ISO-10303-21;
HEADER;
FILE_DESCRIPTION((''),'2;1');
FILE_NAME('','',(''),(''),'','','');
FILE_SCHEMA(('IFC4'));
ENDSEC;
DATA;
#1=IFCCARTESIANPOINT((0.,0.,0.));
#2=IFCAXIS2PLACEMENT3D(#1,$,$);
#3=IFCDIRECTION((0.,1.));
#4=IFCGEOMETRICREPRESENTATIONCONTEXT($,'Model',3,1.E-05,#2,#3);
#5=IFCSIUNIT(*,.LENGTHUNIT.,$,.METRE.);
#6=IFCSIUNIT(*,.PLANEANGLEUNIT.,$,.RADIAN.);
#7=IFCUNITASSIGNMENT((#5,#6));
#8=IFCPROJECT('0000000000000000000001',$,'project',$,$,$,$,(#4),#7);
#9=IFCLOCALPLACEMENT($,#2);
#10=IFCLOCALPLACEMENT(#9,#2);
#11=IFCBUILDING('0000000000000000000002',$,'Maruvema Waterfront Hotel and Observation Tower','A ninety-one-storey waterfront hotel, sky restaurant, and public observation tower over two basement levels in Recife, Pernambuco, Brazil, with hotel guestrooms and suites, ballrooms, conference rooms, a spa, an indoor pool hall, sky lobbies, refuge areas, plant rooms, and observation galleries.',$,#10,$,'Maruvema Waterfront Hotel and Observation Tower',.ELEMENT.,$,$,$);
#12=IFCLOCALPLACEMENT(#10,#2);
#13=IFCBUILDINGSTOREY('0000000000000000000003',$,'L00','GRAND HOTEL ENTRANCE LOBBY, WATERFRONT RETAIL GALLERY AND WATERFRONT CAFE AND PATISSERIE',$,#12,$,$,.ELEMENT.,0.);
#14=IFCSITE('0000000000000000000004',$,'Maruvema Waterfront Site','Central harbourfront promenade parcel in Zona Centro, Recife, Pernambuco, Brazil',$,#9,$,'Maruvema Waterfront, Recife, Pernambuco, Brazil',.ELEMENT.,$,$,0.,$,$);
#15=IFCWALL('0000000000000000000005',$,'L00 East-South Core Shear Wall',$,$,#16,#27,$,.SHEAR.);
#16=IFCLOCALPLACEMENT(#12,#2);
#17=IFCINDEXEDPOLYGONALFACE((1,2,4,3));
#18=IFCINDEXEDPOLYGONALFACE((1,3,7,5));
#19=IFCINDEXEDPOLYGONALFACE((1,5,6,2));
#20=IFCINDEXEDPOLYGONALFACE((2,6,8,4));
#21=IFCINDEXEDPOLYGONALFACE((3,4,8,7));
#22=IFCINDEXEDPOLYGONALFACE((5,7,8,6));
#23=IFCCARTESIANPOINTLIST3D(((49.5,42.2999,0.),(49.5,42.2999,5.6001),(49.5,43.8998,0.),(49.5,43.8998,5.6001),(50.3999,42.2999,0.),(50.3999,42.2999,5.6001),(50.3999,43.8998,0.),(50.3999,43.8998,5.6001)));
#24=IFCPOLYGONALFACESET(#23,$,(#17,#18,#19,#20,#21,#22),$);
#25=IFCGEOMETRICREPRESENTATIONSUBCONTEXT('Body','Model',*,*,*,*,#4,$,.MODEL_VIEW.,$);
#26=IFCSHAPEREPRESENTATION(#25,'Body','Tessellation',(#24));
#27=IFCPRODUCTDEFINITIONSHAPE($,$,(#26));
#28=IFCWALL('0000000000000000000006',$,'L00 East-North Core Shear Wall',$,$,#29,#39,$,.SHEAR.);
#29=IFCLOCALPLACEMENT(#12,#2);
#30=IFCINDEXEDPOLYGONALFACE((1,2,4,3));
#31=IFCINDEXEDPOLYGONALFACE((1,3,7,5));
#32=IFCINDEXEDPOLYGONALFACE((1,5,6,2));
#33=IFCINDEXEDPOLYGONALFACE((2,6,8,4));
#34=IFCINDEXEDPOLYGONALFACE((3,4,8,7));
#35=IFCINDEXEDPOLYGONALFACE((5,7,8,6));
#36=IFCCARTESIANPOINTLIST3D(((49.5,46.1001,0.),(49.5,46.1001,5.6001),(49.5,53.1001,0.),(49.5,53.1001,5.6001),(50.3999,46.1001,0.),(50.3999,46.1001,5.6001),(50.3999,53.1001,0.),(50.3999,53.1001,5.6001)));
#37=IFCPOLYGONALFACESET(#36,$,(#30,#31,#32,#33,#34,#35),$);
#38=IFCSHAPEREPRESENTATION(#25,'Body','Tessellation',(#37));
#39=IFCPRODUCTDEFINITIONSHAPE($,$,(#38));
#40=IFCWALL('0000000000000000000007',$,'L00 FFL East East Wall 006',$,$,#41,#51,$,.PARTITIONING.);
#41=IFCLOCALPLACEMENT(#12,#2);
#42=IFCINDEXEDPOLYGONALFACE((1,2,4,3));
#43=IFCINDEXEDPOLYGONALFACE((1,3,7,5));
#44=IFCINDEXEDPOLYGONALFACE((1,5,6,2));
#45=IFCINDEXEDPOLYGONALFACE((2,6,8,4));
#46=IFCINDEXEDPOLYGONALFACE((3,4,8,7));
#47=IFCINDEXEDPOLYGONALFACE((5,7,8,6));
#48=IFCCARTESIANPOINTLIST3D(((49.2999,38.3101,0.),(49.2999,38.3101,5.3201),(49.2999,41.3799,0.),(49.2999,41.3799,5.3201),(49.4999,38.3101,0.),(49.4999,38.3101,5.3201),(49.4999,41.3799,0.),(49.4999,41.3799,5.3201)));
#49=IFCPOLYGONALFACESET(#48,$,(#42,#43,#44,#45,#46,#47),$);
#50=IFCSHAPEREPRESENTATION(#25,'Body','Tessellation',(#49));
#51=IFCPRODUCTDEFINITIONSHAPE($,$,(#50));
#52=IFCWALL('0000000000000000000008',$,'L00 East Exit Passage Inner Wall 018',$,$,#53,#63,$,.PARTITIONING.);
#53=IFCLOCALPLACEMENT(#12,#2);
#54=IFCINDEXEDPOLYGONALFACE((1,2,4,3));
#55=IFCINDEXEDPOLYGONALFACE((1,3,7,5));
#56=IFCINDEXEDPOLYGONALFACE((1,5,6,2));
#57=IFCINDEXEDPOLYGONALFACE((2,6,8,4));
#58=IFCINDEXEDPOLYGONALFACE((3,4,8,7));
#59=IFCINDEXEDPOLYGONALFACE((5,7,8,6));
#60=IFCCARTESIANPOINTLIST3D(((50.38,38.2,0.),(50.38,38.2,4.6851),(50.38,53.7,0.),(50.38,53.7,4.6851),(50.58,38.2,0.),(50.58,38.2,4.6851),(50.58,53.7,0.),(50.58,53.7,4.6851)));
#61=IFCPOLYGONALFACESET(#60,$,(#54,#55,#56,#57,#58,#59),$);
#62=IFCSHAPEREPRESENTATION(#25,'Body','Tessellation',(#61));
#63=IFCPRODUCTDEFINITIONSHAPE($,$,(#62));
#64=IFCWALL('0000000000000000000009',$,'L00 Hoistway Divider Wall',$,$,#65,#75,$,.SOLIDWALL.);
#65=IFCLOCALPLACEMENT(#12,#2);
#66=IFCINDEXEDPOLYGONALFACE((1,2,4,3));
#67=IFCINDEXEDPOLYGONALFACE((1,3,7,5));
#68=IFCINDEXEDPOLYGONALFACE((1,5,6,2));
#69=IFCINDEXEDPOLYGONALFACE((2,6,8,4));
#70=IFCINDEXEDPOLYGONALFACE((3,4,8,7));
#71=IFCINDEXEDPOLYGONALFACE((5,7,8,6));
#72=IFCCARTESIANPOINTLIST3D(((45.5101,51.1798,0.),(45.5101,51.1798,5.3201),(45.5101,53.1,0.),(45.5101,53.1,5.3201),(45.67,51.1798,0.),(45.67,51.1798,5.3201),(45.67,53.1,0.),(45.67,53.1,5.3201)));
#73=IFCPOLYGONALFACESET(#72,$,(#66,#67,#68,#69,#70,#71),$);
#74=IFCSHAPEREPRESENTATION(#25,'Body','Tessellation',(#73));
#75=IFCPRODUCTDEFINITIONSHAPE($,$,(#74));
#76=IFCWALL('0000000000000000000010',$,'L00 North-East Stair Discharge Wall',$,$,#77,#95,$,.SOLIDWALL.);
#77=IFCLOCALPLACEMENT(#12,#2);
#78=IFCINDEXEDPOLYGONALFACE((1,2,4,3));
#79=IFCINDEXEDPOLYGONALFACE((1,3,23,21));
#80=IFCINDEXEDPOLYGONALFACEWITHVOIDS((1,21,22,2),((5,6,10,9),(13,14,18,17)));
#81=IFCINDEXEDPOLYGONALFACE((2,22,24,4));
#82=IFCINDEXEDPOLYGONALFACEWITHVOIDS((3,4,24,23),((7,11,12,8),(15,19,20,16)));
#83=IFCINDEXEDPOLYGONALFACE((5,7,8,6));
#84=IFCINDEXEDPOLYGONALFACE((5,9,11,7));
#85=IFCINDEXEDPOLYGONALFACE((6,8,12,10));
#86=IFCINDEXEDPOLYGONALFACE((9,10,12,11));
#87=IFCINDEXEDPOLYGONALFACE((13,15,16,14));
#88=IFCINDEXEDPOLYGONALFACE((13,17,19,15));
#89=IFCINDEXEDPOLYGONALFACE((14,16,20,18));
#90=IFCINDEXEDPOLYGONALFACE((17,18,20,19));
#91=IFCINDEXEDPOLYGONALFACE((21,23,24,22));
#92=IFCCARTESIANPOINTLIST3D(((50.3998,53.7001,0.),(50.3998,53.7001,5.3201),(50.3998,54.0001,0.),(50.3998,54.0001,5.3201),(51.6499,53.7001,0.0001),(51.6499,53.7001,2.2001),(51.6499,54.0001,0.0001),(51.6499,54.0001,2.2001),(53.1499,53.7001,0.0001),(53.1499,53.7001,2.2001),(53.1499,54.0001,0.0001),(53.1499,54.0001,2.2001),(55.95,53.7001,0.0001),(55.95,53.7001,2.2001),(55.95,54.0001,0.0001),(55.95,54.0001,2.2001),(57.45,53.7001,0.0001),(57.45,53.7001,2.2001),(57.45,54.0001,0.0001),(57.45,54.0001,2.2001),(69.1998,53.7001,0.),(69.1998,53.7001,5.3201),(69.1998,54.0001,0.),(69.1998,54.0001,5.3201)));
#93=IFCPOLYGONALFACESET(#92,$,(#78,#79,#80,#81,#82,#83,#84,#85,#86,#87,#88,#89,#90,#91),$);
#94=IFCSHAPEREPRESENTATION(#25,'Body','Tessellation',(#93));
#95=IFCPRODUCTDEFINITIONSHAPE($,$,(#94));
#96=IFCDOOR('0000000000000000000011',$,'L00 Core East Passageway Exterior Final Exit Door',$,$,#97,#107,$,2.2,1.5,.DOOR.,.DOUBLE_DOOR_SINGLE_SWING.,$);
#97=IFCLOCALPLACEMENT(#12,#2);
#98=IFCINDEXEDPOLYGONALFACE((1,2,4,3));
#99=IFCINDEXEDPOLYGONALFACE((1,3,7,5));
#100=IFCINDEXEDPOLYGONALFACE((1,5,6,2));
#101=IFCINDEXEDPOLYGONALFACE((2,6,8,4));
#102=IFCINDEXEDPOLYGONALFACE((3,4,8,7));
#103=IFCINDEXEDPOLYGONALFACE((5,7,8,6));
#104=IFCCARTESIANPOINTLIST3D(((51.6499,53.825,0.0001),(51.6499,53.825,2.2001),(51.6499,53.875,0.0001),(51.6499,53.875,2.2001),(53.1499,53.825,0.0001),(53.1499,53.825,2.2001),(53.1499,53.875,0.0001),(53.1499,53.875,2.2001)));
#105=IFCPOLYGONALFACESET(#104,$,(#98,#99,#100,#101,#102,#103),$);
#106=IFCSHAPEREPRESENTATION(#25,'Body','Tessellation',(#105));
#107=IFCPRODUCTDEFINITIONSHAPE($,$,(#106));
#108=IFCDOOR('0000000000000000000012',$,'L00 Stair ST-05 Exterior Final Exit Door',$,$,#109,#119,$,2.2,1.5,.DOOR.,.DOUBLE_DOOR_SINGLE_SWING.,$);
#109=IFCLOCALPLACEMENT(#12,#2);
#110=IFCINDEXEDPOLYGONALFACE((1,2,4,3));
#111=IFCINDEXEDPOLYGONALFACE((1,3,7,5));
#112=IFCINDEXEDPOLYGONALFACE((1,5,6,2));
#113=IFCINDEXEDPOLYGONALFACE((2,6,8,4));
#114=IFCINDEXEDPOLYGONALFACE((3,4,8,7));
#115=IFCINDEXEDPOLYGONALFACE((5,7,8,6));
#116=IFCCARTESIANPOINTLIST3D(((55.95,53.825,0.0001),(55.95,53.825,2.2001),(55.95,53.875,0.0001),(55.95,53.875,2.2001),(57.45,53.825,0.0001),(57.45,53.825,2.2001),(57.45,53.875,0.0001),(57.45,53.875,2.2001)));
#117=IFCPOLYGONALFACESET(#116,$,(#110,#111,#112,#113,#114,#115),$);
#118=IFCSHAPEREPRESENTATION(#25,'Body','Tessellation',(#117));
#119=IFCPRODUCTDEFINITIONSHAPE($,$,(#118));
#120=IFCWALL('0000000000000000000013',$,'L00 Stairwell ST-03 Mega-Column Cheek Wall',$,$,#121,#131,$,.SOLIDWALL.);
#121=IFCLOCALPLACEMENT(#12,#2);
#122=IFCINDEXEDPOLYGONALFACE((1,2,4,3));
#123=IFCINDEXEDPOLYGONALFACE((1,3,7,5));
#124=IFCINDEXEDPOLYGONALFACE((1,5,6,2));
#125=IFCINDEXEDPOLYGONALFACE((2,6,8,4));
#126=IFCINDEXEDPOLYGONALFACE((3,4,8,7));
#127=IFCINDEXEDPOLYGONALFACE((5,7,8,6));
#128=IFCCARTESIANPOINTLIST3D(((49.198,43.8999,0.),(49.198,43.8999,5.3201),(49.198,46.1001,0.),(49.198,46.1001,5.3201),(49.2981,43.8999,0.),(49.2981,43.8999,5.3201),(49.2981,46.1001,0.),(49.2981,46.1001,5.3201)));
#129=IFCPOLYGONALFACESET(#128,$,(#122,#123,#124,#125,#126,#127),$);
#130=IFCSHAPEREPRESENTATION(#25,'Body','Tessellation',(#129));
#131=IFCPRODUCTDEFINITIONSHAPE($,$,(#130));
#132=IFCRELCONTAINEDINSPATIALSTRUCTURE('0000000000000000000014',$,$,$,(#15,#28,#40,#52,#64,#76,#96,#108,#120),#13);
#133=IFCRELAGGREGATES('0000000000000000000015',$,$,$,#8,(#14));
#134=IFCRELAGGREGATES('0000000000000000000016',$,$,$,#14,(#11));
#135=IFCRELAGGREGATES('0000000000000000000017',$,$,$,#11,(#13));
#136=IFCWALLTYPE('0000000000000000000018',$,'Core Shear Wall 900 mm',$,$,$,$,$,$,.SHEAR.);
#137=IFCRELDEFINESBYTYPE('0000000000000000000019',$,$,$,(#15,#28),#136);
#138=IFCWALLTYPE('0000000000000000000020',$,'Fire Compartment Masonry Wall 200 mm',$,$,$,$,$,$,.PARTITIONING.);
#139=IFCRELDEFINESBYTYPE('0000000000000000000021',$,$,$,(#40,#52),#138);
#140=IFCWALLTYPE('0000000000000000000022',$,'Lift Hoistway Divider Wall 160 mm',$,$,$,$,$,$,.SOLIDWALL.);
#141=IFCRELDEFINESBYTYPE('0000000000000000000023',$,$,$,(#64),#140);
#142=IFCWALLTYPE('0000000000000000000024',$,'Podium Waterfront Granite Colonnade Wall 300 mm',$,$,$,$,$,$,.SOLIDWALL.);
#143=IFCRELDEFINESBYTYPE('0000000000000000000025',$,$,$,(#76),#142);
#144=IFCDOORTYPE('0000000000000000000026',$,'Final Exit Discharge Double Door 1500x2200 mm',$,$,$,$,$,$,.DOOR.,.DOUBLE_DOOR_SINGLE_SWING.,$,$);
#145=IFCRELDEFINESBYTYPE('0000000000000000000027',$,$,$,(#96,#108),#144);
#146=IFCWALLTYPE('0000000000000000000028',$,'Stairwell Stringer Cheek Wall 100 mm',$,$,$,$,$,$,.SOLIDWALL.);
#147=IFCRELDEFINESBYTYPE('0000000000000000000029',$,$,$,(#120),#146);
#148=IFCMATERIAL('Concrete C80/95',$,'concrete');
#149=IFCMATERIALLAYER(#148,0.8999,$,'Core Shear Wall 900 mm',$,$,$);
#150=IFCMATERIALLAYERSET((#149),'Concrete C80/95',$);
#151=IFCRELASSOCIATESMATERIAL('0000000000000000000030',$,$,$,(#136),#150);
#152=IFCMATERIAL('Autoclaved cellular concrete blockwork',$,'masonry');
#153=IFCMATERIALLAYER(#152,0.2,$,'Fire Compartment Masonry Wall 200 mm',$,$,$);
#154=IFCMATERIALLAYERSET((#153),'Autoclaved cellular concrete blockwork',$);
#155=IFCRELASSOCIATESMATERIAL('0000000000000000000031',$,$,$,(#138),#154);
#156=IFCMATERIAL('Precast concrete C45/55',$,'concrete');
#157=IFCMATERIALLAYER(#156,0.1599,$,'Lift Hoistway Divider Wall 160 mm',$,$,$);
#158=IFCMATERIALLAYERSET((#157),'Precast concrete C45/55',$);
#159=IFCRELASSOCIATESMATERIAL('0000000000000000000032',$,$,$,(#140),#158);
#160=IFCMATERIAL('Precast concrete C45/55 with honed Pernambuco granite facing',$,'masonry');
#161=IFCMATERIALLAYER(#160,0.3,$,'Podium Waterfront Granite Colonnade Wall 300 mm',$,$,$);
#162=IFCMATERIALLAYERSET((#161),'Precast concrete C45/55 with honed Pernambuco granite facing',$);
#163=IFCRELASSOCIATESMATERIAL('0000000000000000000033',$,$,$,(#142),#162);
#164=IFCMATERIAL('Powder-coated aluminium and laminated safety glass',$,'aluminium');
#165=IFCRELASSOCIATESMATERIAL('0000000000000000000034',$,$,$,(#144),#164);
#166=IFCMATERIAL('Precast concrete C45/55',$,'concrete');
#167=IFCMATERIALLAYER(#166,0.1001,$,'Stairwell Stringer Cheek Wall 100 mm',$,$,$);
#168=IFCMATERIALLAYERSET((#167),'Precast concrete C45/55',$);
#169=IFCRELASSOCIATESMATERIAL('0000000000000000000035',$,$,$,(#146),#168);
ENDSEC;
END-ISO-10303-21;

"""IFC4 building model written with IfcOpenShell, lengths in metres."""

from ifc_helpers import new_model, si_unit, direction, frame, frame_2d, origin, place, context, subcontext, project, spatial, rectangle, extrude, material, layer, layer_set, type_object, element, fill, save


model = new_model("IFC4")

# Units and contexts
model_context = context("Model", 3, precision=1e-05, world=origin(), true_north=direction((0.0, 1.0)))
body_context = subcontext(model_context, "Body", "Model", "MODEL_VIEW")
ifc_project = project(units=[si_unit("LENGTHUNIT", "METRE"), si_unit("PLANEANGLEUNIT", "RADIAN")], contexts=[model_context])

# Site, building, storey
site_placement = place(None, origin())
site = spatial("IfcSite", under=ifc_project, at=site_placement, Name="Maruvema Waterfront Site", Description="Central harbourfront promenade parcel in Zona Centro, Recife, Pernambuco, Brazil", LongName="Maruvema Waterfront, Recife, Pernambuco, Brazil", CompositionType="ELEMENT", RefElevation=0.0)
building_placement = place(site_placement, origin())
building = spatial("IfcBuilding", under=site, at=building_placement, Name="Maruvema Waterfront Hotel and Observation Tower", Description="A ninety-one-storey waterfront hotel, sky restaurant, and public observation tower over two basement levels in Recife, Pernambuco, Brazil, with hotel guestrooms and suites, ballrooms, conference rooms, a spa, an indoor pool hall, sky lobbies, refuge areas, plant rooms, and observation galleries.", LongName="Maruvema Waterfront Hotel and Observation Tower", CompositionType="ELEMENT")
storey_placement = place(building_placement, origin())
storey = spatial("IfcBuildingStorey", under=building, at=storey_placement, Name="L00", Description="GRAND HOTEL ENTRANCE LOBBY, WATERFRONT RETAIL GALLERY AND WATERFRONT CAFE AND PATISSERIE", CompositionType="ELEMENT", Elevation=0.0)

# Walls
ifc_material_1 = material(Name="Concrete C80/95", Category="concrete")
ifc_layer_1 = layer(ifc_material_1, 0.8999, Name="Core Shear Wall 900 mm")
ifc_layer_set_1 = layer_set([ifc_layer_1], Name="Concrete C80/95")
wall_type_1 = type_object("IfcWallType", Name="Core Shear Wall 900 mm", PredefinedType="SHEAR", material=ifc_layer_set_1)
wall_1_placement = place(storey_placement, frame((49.95, 42.3, 0.0), z_axis=(0.0, 0.0, 1.0), x_axis=(0.0, 1.0, 0.0)))
element("IfcWall", 1, at=wall_1_placement, inside=storey, type_object=wall_type_1, Name="L00 East-South Core Shear Wall", PredefinedType="SHEAR", context=body_context, shape_type="SweptSolid", body=[
    extrude(rectangle(XDim=1.5999, YDim=0.8999, at=frame_2d((0.7998, 0.0))), origin(), (0.0, 0.0, 1.0), 5.6001),
])
wall_2_placement = place(storey_placement, frame((49.95, 46.1001, 0.0), z_axis=(0.0, 0.0, 1.0), x_axis=(0.0, 1.0, 0.0)))
element("IfcWall", 2, at=wall_2_placement, inside=storey, type_object=wall_type_1, Name="L00 East-North Core Shear Wall", PredefinedType="SHEAR", context=body_context, shape_type="SweptSolid", body=[
    extrude(rectangle(XDim=7.0, YDim=0.8999, at=frame_2d((3.5, 0.0))), origin(), (0.0, 0.0, 1.0), 5.6001),
])
ifc_material_2 = material(Name="Autoclaved cellular concrete blockwork", Category="masonry")
ifc_layer_2 = layer(ifc_material_2, 0.2, Name="Fire Compartment Masonry Wall 200 mm")
ifc_layer_set_2 = layer_set([ifc_layer_2], Name="Autoclaved cellular concrete blockwork")
wall_type_2 = type_object("IfcWallType", Name="Fire Compartment Masonry Wall 200 mm", PredefinedType="PARTITIONING", material=ifc_layer_set_2)
wall_3_placement = place(storey_placement, frame((49.3999, 38.3101, 0.0), z_axis=(0.0, 0.0, 1.0), x_axis=(0.0, 1.0, 0.0)))
element("IfcWall", 3, at=wall_3_placement, inside=storey, type_object=wall_type_2, Name="L00 FFL East East Wall 006", PredefinedType="PARTITIONING", context=body_context, shape_type="SweptSolid", body=[
    extrude(rectangle(XDim=3.0698, YDim=0.2, at=frame_2d((1.5349, 0.0))), origin(), (0.0, 0.0, 1.0), 5.3201),
])
wall_4_placement = place(storey_placement, frame((50.48, 38.2, 0.0), z_axis=(0.0, 0.0, 1.0), x_axis=(0.0, 1.0, 0.0)))
element("IfcWall", 4, at=wall_4_placement, inside=storey, type_object=wall_type_2, Name="L00 East Exit Passage Inner Wall 018", PredefinedType="PARTITIONING", context=body_context, shape_type="SweptSolid", body=[
    extrude(rectangle(XDim=15.5, YDim=0.2, at=frame_2d((7.75, 0.0))), origin(), (0.0, 0.0, 1.0), 4.6851),
])
ifc_material_3 = material(Name="Precast concrete C45/55", Category="concrete")
ifc_layer_3 = layer(ifc_material_3, 0.1599, Name="Lift Hoistway Divider Wall 160 mm")
ifc_layer_set_3 = layer_set([ifc_layer_3], Name="Precast concrete C45/55")
wall_type_3 = type_object("IfcWallType", Name="Lift Hoistway Divider Wall 160 mm", PredefinedType="SOLIDWALL", material=ifc_layer_set_3)
wall_5_placement = place(storey_placement, frame((45.5901, 51.1799, 0.0), z_axis=(0.0, 0.0, 1.0), x_axis=(0.0, 1.0, 0.0)))
element("IfcWall", 5, at=wall_5_placement, inside=storey, type_object=wall_type_3, Name="L00 Hoistway Divider Wall", PredefinedType="SOLIDWALL", context=body_context, shape_type="SweptSolid", body=[
    extrude(rectangle(XDim=1.9202, YDim=0.1599, at=frame_2d((0.96, 0.0))), origin(), (0.0, 0.0, 1.0), 5.3201),
])

# Wall, openings, doors
ifc_material_4 = material(Name="Precast concrete C45/55 with honed Pernambuco granite facing", Category="masonry")
ifc_layer_4 = layer(ifc_material_4, 0.3, Name="Podium Waterfront Granite Colonnade Wall 300 mm")
ifc_layer_set_4 = layer_set([ifc_layer_4], Name="Precast concrete C45/55 with honed Pernambuco granite facing")
wall_type_4 = type_object("IfcWallType", Name="Podium Waterfront Granite Colonnade Wall 300 mm", PredefinedType="SOLIDWALL", material=ifc_layer_set_4)
wall_6_placement = place(storey_placement, frame((50.3999, 53.8501, 0.0), z_axis=(0.0, 0.0, 1.0), x_axis=(1.0, 0.0, 0.0)))
wall_6 = element("IfcWall", 6, at=wall_6_placement, inside=storey, type_object=wall_type_4, Name="L00 North-East Stair Discharge Wall", PredefinedType="SOLIDWALL", context=body_context, shape_type="SweptSolid", body=[
    extrude(rectangle(XDim=18.8, YDim=0.3, at=frame_2d((9.3999, 0.0))), origin(), (0.0, 0.0, 1.0), 5.3201),
])
opening_1_placement = place(wall_6_placement, frame((1.25, 0.0, 0.0)))
opening_1 = element("IfcOpeningElement", 7, at=opening_1_placement, cuts=wall_6, PredefinedType="OPENING", context=body_context, shape_type="SweptSolid", body=[
    extrude(rectangle(XDim=1.5, YDim=2.2, at=frame_2d((0.75, 1.1001))), frame((0.0, 0.1602, 0.0), z_axis=(0.0, -1.0, 0.0), x_axis=(1.0, 0.0, 0.0)), (0.0, 0.0, 1.0), 0.3201),
])
opening_2_placement = place(wall_6_placement, frame((5.55, 0.0, 0.0)))
opening_2 = element("IfcOpeningElement", 8, at=opening_2_placement, cuts=wall_6, PredefinedType="OPENING", context=body_context, shape_type="SweptSolid", body=[
    extrude(rectangle(XDim=1.5, YDim=2.2, at=frame_2d((0.75, 1.1001))), frame((0.0, 0.1602, 0.0), z_axis=(0.0, -1.0, 0.0), x_axis=(1.0, 0.0, 0.0)), (0.0, 0.0, 1.0), 0.3201),
])
ifc_material_5 = material(Name="Powder-coated aluminium and laminated safety glass", Category="aluminium")
door_type = type_object("IfcDoorType", Name="Final Exit Discharge Double Door 1500x2200 mm", OperationType="DOUBLE_DOOR_SINGLE_SWING", PredefinedType="DOOR", material=ifc_material_5)
door_1_placement = place(opening_1_placement, origin())
door_1 = element("IfcDoor", 9, at=door_1_placement, inside=storey, type_object=door_type, Name="L00 Core East Passageway Exterior Final Exit Door", OperationType="DOUBLE_DOOR_SINGLE_SWING", OverallHeight=2.2, OverallWidth=1.5, PredefinedType="DOOR", context=body_context, shape_type="SweptSolid", body=[
    extrude(rectangle(XDim=1.5, YDim=2.2, at=frame_2d((0.75, 1.1001))), frame((0.0, 0.0249, 0.0), z_axis=(0.0, -1.0, 0.0), x_axis=(1.0, 0.0, 0.0)), (0.0, 0.0, 1.0), 0.05),
])
fill(opening_1, door_1)
door_2_placement = place(opening_2_placement, origin())
door_2 = element("IfcDoor", 10, at=door_2_placement, inside=storey, type_object=door_type, Name="L00 Stair ST-05 Exterior Final Exit Door", OperationType="DOUBLE_DOOR_SINGLE_SWING", OverallHeight=2.2, OverallWidth=1.5, PredefinedType="DOOR", context=body_context, shape_type="SweptSolid", body=[
    extrude(rectangle(XDim=1.5, YDim=2.2, at=frame_2d((0.75, 1.1001))), frame((0.0, 0.0249, 0.0), z_axis=(0.0, -1.0, 0.0), x_axis=(1.0, 0.0, 0.0)), (0.0, 0.0, 1.0), 0.05),
])
fill(opening_2, door_2)

# Wall
ifc_material_6 = material(Name="Precast concrete C45/55", Category="concrete")
ifc_layer_5 = layer(ifc_material_6, 0.1001, Name="Stairwell Stringer Cheek Wall 100 mm")
ifc_layer_set_5 = layer_set([ifc_layer_5], Name="Precast concrete C45/55")
wall_type_5 = type_object("IfcWallType", Name="Stairwell Stringer Cheek Wall 100 mm", PredefinedType="SOLIDWALL", material=ifc_layer_set_5)
wall_7_placement = place(storey_placement, frame((49.248, 43.8999, 0.0), z_axis=(0.0, 0.0, 1.0), x_axis=(0.0, 1.0, 0.0)))
element("IfcWall", 11, at=wall_7_placement, inside=storey, type_object=wall_type_5, Name="L00 Stairwell ST-03 Mega-Column Cheek Wall", PredefinedType="SOLIDWALL", context=body_context, shape_type="SweptSolid", body=[
    extrude(rectangle(XDim=2.2002, YDim=0.1001, at=frame_2d((1.1001, 0.0))), origin(), (0.0, 0.0, 1.0), 5.3201),
])

save(model, "model.ifc")
